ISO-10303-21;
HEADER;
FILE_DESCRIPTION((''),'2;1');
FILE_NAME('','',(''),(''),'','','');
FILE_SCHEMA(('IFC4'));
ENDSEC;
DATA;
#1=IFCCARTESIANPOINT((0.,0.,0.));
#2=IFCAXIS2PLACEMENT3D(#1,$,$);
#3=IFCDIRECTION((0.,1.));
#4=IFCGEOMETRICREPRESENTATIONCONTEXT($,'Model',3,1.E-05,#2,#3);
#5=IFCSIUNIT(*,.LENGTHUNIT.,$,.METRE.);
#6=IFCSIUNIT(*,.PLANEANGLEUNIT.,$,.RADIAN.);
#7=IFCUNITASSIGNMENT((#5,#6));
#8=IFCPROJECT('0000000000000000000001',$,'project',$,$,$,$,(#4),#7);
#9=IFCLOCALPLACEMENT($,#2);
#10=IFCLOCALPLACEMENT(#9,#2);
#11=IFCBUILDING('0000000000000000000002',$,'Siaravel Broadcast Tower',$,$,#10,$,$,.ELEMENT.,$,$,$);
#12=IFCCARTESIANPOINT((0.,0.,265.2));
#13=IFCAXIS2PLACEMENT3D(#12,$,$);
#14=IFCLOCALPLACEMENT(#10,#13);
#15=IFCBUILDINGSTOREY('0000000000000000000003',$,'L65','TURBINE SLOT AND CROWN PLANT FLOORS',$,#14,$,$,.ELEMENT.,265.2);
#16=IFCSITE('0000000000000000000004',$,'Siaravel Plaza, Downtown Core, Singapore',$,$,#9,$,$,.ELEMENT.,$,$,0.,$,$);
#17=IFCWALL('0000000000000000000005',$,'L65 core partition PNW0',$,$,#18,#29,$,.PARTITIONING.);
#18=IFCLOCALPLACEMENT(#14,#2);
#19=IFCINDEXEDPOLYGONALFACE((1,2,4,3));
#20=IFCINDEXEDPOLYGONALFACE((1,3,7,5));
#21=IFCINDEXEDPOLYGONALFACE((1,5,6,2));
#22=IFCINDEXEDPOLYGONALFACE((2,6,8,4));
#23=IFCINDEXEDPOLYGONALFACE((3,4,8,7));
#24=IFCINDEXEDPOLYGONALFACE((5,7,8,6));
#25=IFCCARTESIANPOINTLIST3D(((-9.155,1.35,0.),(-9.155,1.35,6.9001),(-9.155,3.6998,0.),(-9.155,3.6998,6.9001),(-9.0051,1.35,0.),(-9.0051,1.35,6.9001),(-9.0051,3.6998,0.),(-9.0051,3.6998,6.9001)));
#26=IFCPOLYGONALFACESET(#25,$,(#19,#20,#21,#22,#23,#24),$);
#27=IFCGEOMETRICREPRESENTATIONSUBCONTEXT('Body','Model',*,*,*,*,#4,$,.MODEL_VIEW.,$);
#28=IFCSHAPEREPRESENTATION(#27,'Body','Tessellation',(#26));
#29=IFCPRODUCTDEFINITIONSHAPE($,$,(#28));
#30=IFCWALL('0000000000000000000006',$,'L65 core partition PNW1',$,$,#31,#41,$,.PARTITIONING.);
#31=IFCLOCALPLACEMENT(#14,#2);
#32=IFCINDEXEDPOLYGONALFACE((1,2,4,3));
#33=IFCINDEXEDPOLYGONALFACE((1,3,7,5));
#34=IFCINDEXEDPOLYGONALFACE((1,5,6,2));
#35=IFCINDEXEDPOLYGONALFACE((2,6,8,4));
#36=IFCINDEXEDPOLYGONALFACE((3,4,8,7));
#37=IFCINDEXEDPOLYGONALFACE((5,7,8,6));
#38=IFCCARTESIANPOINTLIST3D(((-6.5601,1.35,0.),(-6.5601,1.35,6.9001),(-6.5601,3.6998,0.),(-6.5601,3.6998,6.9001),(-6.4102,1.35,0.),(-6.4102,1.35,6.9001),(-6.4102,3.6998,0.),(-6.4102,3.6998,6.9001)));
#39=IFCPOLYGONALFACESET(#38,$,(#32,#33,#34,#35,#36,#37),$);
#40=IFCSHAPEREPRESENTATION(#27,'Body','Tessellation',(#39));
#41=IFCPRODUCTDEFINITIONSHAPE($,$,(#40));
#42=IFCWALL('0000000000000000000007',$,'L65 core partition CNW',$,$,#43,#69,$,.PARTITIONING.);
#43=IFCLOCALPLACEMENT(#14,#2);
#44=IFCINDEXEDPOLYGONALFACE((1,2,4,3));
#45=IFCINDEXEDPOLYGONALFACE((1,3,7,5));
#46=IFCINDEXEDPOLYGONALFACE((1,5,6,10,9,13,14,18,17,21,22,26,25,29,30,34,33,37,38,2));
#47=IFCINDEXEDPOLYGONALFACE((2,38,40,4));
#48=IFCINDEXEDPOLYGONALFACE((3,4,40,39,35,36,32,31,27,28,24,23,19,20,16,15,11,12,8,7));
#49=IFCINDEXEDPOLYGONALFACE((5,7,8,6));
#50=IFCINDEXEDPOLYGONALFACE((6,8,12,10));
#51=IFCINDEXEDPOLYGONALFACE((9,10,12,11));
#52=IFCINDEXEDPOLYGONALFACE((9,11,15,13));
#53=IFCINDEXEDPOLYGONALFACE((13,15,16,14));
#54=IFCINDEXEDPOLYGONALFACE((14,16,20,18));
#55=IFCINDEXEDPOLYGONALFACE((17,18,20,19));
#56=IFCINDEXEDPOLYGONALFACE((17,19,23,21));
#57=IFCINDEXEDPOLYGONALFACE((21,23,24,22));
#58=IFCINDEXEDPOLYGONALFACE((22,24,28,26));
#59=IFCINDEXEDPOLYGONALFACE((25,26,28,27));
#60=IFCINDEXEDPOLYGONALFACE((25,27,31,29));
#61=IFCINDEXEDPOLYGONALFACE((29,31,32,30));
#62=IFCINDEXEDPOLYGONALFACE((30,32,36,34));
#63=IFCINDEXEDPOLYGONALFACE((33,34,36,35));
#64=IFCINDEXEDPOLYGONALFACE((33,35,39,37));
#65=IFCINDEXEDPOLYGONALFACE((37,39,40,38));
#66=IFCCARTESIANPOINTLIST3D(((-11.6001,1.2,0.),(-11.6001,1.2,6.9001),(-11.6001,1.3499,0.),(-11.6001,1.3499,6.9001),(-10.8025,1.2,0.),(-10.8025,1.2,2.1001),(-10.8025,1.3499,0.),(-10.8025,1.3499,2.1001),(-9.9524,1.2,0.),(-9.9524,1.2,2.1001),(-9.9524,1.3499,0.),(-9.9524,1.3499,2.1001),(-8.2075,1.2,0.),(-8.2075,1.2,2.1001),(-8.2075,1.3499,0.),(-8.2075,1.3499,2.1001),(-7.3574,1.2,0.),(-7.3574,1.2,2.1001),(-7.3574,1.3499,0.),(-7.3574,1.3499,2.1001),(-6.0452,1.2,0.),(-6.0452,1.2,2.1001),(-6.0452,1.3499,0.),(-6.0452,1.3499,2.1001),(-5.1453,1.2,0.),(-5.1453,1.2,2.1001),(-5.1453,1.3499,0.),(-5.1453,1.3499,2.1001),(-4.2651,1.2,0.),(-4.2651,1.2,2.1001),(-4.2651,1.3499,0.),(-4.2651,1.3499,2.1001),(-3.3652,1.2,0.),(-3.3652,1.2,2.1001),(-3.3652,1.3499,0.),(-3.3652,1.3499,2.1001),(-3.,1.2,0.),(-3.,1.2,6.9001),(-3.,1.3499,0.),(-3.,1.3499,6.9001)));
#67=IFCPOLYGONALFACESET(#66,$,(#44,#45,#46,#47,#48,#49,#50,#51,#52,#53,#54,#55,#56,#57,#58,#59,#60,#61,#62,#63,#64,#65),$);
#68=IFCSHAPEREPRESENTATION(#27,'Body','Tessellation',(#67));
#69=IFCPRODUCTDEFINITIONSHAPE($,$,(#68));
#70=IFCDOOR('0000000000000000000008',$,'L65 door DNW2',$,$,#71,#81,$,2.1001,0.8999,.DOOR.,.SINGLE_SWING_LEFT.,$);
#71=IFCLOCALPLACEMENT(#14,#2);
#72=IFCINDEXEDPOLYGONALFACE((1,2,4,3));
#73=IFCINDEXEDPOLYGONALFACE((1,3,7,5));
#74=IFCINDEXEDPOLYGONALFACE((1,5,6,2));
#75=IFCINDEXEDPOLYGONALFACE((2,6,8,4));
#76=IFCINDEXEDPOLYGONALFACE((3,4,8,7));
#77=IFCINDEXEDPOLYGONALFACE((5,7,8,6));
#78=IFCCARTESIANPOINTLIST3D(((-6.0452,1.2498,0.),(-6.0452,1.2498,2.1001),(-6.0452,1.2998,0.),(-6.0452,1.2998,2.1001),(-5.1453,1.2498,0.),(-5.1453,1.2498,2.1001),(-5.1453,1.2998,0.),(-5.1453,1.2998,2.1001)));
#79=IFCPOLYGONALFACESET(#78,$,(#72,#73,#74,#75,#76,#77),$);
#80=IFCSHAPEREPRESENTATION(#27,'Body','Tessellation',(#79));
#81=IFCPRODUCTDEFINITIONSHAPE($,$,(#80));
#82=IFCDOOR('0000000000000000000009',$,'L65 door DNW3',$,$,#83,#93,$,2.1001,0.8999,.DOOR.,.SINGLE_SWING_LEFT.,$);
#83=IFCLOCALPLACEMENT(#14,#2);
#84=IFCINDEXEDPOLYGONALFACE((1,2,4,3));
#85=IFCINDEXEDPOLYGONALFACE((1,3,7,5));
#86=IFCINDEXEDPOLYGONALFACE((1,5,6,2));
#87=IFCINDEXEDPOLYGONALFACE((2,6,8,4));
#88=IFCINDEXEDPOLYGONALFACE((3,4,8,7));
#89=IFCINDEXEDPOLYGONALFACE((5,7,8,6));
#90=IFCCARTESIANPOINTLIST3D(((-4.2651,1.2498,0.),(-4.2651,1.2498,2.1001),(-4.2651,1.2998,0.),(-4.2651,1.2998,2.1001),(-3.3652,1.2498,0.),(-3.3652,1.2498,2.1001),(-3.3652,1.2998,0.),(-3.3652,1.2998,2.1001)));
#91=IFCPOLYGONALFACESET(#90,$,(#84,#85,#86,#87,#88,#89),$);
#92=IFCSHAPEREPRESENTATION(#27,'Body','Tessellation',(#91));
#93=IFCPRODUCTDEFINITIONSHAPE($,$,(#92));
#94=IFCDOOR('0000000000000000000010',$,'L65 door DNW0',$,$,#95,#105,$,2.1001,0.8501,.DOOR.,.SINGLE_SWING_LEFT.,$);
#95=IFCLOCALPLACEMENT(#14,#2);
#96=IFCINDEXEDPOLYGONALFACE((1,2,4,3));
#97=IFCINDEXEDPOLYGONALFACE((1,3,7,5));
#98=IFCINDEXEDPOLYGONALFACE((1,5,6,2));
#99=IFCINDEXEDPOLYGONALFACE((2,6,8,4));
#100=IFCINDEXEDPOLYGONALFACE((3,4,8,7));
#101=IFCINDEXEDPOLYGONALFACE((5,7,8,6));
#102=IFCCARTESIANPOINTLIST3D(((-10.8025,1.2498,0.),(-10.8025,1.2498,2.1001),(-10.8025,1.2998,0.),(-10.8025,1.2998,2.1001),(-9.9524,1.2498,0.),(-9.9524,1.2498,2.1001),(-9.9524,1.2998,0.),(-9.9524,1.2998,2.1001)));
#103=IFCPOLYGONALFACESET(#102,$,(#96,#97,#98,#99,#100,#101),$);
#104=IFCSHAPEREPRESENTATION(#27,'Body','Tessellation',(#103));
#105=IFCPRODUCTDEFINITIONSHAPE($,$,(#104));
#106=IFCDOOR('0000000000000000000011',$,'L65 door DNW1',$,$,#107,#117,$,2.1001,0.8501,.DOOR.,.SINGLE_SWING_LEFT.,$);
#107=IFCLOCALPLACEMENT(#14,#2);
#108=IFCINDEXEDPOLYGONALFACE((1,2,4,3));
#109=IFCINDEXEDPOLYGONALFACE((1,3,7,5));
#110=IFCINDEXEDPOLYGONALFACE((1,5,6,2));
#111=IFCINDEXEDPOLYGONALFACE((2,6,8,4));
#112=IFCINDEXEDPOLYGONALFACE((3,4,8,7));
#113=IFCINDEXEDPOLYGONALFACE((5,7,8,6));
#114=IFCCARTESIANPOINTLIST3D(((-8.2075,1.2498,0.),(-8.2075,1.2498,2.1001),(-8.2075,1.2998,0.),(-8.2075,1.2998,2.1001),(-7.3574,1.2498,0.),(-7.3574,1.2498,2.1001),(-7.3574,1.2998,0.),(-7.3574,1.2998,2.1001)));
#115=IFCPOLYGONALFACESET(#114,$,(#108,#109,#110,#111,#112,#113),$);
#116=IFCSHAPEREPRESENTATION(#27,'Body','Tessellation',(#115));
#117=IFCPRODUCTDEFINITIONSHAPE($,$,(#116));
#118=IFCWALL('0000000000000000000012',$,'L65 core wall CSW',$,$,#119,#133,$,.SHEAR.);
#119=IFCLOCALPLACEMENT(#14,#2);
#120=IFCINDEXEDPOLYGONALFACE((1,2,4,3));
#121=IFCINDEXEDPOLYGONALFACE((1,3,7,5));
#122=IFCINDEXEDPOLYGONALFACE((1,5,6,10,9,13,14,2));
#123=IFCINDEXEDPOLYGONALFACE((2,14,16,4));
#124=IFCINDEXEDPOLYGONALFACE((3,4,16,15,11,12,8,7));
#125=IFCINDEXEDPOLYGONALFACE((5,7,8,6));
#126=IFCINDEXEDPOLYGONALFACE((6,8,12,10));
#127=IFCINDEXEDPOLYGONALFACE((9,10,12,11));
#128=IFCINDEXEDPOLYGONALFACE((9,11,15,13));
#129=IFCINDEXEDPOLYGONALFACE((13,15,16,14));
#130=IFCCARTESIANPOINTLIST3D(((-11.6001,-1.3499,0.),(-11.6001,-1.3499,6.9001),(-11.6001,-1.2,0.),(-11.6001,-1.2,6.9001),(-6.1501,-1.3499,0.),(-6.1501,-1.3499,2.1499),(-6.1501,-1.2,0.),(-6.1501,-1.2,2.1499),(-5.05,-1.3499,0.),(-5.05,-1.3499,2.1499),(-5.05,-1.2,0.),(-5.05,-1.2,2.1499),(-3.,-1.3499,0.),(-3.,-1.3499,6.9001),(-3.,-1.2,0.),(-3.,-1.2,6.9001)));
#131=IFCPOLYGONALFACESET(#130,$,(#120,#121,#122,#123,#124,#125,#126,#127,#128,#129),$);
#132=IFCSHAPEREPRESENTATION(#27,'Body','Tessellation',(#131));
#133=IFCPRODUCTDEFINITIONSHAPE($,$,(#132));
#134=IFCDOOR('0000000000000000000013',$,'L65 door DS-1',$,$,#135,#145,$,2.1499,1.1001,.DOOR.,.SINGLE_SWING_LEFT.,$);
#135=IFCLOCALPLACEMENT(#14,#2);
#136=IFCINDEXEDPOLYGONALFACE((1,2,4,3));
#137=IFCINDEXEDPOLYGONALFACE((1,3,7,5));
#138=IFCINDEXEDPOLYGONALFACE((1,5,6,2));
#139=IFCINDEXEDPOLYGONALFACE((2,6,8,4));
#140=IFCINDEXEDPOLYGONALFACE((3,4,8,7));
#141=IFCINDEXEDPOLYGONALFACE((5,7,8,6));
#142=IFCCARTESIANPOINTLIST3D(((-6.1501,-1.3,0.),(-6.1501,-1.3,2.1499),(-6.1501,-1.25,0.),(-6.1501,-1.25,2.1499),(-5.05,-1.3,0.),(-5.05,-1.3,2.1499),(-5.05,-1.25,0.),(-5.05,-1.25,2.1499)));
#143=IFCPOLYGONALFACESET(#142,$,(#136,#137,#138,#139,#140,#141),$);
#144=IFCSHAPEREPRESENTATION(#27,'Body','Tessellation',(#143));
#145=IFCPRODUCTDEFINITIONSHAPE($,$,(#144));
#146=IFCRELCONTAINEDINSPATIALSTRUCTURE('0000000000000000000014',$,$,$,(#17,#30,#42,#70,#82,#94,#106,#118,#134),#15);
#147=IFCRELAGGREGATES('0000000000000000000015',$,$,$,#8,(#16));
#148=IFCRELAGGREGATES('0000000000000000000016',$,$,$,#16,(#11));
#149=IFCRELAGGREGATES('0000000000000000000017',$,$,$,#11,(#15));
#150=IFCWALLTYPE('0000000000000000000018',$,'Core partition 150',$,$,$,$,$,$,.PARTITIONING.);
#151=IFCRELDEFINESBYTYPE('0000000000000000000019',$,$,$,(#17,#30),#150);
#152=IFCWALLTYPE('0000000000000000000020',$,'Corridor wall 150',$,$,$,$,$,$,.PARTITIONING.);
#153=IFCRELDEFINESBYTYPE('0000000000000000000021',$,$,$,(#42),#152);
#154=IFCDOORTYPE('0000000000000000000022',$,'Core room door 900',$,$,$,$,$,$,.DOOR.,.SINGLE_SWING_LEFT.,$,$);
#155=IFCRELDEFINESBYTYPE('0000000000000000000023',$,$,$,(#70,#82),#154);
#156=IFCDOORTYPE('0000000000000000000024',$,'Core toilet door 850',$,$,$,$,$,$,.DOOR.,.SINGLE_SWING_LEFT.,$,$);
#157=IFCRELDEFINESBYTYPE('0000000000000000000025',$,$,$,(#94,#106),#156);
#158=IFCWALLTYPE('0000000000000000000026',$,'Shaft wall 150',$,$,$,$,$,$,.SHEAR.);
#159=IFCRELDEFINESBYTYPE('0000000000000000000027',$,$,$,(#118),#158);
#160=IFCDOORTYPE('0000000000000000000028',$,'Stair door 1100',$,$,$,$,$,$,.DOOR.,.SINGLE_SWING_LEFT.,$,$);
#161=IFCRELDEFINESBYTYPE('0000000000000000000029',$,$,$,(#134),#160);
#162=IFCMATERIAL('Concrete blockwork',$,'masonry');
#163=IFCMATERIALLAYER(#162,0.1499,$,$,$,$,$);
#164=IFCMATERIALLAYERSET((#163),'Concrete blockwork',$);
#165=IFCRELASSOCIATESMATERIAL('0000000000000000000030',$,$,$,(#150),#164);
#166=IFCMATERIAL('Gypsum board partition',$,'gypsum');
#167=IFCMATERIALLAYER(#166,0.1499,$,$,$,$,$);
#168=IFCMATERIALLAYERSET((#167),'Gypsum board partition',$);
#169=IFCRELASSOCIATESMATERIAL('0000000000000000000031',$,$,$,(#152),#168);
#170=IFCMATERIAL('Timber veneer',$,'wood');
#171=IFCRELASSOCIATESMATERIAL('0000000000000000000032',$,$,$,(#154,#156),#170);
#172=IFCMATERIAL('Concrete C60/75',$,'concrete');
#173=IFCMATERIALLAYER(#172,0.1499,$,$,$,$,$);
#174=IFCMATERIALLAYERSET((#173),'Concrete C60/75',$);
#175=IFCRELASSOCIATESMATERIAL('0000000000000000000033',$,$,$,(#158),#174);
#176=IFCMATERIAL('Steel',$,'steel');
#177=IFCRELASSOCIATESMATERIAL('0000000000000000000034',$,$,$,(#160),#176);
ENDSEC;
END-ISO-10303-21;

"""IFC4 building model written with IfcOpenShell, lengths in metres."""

from ifc_helpers import new_model, si_unit, direction, frame, frame_2d, origin, place, context, subcontext, project, spatial, rectangle, extrude, material, layer, layer_set, type_object, element, fill, save


model = new_model("IFC4")

# Units and contexts
model_context = context("Model", 3, precision=1e-05, world=origin(), true_north=direction((0.0, 1.0)))
body_context = subcontext(model_context, "Body", "Model", "MODEL_VIEW")
ifc_project = project(units=[si_unit("LENGTHUNIT", "METRE"), si_unit("PLANEANGLEUNIT", "RADIAN")], contexts=[model_context])

# Site, building, storey
site_placement = place(None, origin())
site = spatial("IfcSite", under=ifc_project, at=site_placement, Name="Siaravel Plaza, Downtown Core, Singapore", CompositionType="ELEMENT", RefElevation=0.0)
building_placement = place(site_placement, origin())
building = spatial("IfcBuilding", under=site, at=building_placement, Name="Siaravel Broadcast Tower", CompositionType="ELEMENT")
storey_placement = place(building_placement, frame((0.0, 0.0, 265.2)))
storey = spatial("IfcBuildingStorey", under=building, at=storey_placement, Name="L65", Description="TURBINE SLOT AND CROWN PLANT FLOORS", CompositionType="ELEMENT", Elevation=265.2)

# Walls
ifc_material_1 = material(Name="Concrete blockwork", Category="masonry")
ifc_layer_1 = layer(ifc_material_1, 0.1499)
ifc_layer_set_1 = layer_set([ifc_layer_1], Name="Concrete blockwork")
wall_type_1 = type_object("IfcWallType", Name="Core partition 150", PredefinedType="PARTITIONING", material=ifc_layer_set_1)
for number, where, z_axis, x_axis, name in (
    (1, (-9.0801, 1.3501, 0.0), (0.0, 0.0, 1.0), (0.0, 1.0, 0.0), "L65 core partition PNW0"),
    (2, (-6.4851, 1.3501, 0.0), (0.0, 0.0, 1.0), (0.0, 1.0, 0.0), "L65 core partition PNW1"),
):
    element("IfcWall", number, at=place(storey_placement, frame(where, z_axis=z_axis, x_axis=x_axis)), inside=storey, type_object=wall_type_1, Name=name, PredefinedType="PARTITIONING", context=body_context, shape_type="SweptSolid", body=[
        extrude(rectangle(XDim=2.3499, YDim=0.1499, at=frame_2d((1.1748, 0.0))), origin(), (0.0, 0.0, 1.0), 6.9001),
    ])

# Wall, openings, doors
ifc_material_2 = material(Name="Gypsum board partition", Category="gypsum")
ifc_layer_2 = layer(ifc_material_2, 0.1499)
ifc_layer_set_2 = layer_set([ifc_layer_2], Name="Gypsum board partition")
wall_type_2 = type_object("IfcWallType", Name="Corridor wall 150", PredefinedType="PARTITIONING", material=ifc_layer_set_2)
wall_1_placement = place(storey_placement, frame((-11.6001, 1.2749, 0.0), z_axis=(0.0, 0.0, 1.0), x_axis=(1.0, 0.0, 0.0)))
wall_1 = element("IfcWall", 3, at=wall_1_placement, inside=storey, type_object=wall_type_2, Name="L65 core partition CNW", PredefinedType="PARTITIONING", context=body_context, shape_type="SweptSolid", body=[
    extrude(rectangle(XDim=8.6001, YDim=0.1499, at=frame_2d((4.3, 0.0))), origin(), (0.0, 0.0, 1.0), 6.9001),
])
opening_1_placement = place(wall_1_placement, frame((0.7976, 0.0, 0.0)))
opening_1 = element("IfcOpeningElement", 4, at=opening_1_placement, cuts=wall_1, PredefinedType="OPENING", context=body_context, shape_type="SweptSolid", body=[
    extrude(rectangle(XDim=0.8501, YDim=2.1001, at=frame_2d((0.425, 1.05))), frame((0.0, 0.085, 0.0), z_axis=(0.0, -1.0, 0.0), x_axis=(1.0, 0.0, 0.0)), (0.0, 0.0, 1.0), 0.1699),
])
opening_2_placement = place(wall_1_placement, frame((3.3926, 0.0, 0.0)))
opening_2 = element("IfcOpeningElement", 5, at=opening_2_placement, cuts=wall_1, PredefinedType="OPENING", context=body_context, shape_type="SweptSolid", body=[
    extrude(rectangle(XDim=0.8501, YDim=2.1001, at=frame_2d((0.425, 1.05))), frame((0.0, 0.085, 0.0), z_axis=(0.0, -1.0, 0.0), x_axis=(1.0, 0.0, 0.0)), (0.0, 0.0, 1.0), 0.1699),
])
opening_3_placement = place(wall_1_placement, frame((5.5549, 0.0, 0.0)))
opening_3 = element("IfcOpeningElement", 6, at=opening_3_placement, cuts=wall_1, PredefinedType="OPENING", context=body_context, shape_type="SweptSolid", body=[
    extrude(rectangle(XDim=0.8999, YDim=2.1001, at=frame_2d((0.45, 1.05))), frame((0.0, 0.085, 0.0), z_axis=(0.0, -1.0, 0.0), x_axis=(1.0, 0.0, 0.0)), (0.0, 0.0, 1.0), 0.1699),
])
opening_4_placement = place(wall_1_placement, frame((7.335, 0.0, 0.0)))
opening_4 = element("IfcOpeningElement", 7, at=opening_4_placement, cuts=wall_1, PredefinedType="OPENING", context=body_context, shape_type="SweptSolid", body=[
    extrude(rectangle(XDim=0.8999, YDim=2.1001, at=frame_2d((0.45, 1.05))), frame((0.0, 0.085, 0.0), z_axis=(0.0, -1.0, 0.0), x_axis=(1.0, 0.0, 0.0)), (0.0, 0.0, 1.0), 0.1699),
])
ifc_material_3 = material(Name="Timber veneer", Category="wood")
door_type_1 = type_object("IfcDoorType", Name="Core room door 900", OperationType="SINGLE_SWING_LEFT", PredefinedType="DOOR", material=ifc_material_3)
door_1_placement = place(opening_3_placement, origin())
door_1 = element("IfcDoor", 8, at=door_1_placement, inside=storey, type_object=door_type_1, Name="L65 door DNW2", OperationType="SINGLE_SWING_LEFT", OverallHeight=2.1001, OverallWidth=0.8999, PredefinedType="DOOR", context=body_context, shape_type="SweptSolid", body=[
    extrude(rectangle(XDim=0.8999, YDim=2.1001, at=frame_2d((0.45, 1.05))), frame((0.0, 0.0249, 0.0), z_axis=(0.0, -1.0, 0.0), x_axis=(1.0, 0.0, 0.0)), (0.0, 0.0, 1.0), 0.05),
])
fill(opening_3, door_1)
door_2_placement = place(opening_4_placement, origin())
door_2 = element("IfcDoor", 9, at=door_2_placement, inside=storey, type_object=door_type_1, Name="L65 door DNW3", OperationType="SINGLE_SWING_LEFT", OverallHeight=2.1001, OverallWidth=0.8999, PredefinedType="DOOR", context=body_context, shape_type="SweptSolid", body=[
    extrude(rectangle(XDim=0.8999, YDim=2.1001, at=frame_2d((0.45, 1.05))), frame((0.0, 0.0249, 0.0), z_axis=(0.0, -1.0, 0.0), x_axis=(1.0, 0.0, 0.0)), (0.0, 0.0, 1.0), 0.05),
])
fill(opening_4, door_2)
door_type_2 = type_object("IfcDoorType", Name="Core toilet door 850", OperationType="SINGLE_SWING_LEFT", PredefinedType="DOOR", material=ifc_material_3)
door_3_placement = place(opening_1_placement, origin())
door_3 = element("IfcDoor", 10, at=door_3_placement, inside=storey, type_object=door_type_2, Name="L65 door DNW0", OperationType="SINGLE_SWING_LEFT", OverallHeight=2.1001, OverallWidth=0.8501, PredefinedType="DOOR", context=body_context, shape_type="SweptSolid", body=[
    extrude(rectangle(XDim=0.8501, YDim=2.1001, at=frame_2d((0.425, 1.05))), frame((0.0, 0.0249, 0.0), z_axis=(0.0, -1.0, 0.0), x_axis=(1.0, 0.0, 0.0)), (0.0, 0.0, 1.0), 0.05),
])
fill(opening_1, door_3)
door_4_placement = place(opening_2_placement, origin())
door_4 = element("IfcDoor", 11, at=door_4_placement, inside=storey, type_object=door_type_2, Name="L65 door DNW1", OperationType="SINGLE_SWING_LEFT", OverallHeight=2.1001, OverallWidth=0.8501, PredefinedType="DOOR", context=body_context, shape_type="SweptSolid", body=[
    extrude(rectangle(XDim=0.8501, YDim=2.1001, at=frame_2d((0.425, 1.05))), frame((0.0, 0.0249, 0.0), z_axis=(0.0, -1.0, 0.0), x_axis=(1.0, 0.0, 0.0)), (0.0, 0.0, 1.0), 0.05),
])
fill(opening_2, door_4)

# Wall, opening, door
ifc_material_4 = material(Name="Concrete C60/75", Category="concrete")
ifc_layer_3 = layer(ifc_material_4, 0.1499)
ifc_layer_set_3 = layer_set([ifc_layer_3], Name="Concrete C60/75")
wall_type_3 = type_object("IfcWallType", Name="Shaft wall 150", PredefinedType="SHEAR", material=ifc_layer_set_3)
wall_2_placement = place(storey_placement, frame((-11.6001, -1.2749, 0.0), z_axis=(0.0, 0.0, 1.0), x_axis=(1.0, 0.0, 0.0)))
wall_2 = element("IfcWall", 12, at=wall_2_placement, inside=storey, type_object=wall_type_3, Name="L65 core wall CSW", PredefinedType="SHEAR", context=body_context, shape_type="SweptSolid", body=[
    extrude(rectangle(XDim=8.6001, YDim=0.1499, at=frame_2d((4.3, 0.0))), origin(), (0.0, 0.0, 1.0), 6.9001),
])
opening_5_placement = place(wall_2_placement, frame((5.45, 0.0, 0.0)))
opening_5 = element("IfcOpeningElement", 13, at=opening_5_placement, cuts=wall_2, PredefinedType="OPENING", context=body_context, shape_type="SweptSolid", body=[
    extrude(rectangle(XDim=1.1001, YDim=2.1499, at=frame_2d((0.55, 1.075))), frame((0.0, 0.085, 0.0), z_axis=(0.0, -1.0, 0.0), x_axis=(1.0, 0.0, 0.0)), (0.0, 0.0, 1.0), 0.1699),
])
ifc_material_5 = material(Name="Steel", Category="steel")
door_type_3 = type_object("IfcDoorType", Name="Stair door 1100", OperationType="SINGLE_SWING_LEFT", PredefinedType="DOOR", material=ifc_material_5)
door_5_placement = place(opening_5_placement, origin())
door_5 = element("IfcDoor", 14, at=door_5_placement, inside=storey, type_object=door_type_3, Name="L65 door DS-1", OperationType="SINGLE_SWING_LEFT", OverallHeight=2.1499, OverallWidth=1.1001, PredefinedType="DOOR", context=body_context, shape_type="SweptSolid", body=[
    extrude(rectangle(XDim=1.1001, YDim=2.1499, at=frame_2d((0.55, 1.075))), frame((0.0, 0.0249, 0.0), z_axis=(0.0, -1.0, 0.0), x_axis=(1.0, 0.0, 0.0)), (0.0, 0.0, 1.0), 0.05),
])
fill(opening_5, door_5)

save(model, "model.ifc")
